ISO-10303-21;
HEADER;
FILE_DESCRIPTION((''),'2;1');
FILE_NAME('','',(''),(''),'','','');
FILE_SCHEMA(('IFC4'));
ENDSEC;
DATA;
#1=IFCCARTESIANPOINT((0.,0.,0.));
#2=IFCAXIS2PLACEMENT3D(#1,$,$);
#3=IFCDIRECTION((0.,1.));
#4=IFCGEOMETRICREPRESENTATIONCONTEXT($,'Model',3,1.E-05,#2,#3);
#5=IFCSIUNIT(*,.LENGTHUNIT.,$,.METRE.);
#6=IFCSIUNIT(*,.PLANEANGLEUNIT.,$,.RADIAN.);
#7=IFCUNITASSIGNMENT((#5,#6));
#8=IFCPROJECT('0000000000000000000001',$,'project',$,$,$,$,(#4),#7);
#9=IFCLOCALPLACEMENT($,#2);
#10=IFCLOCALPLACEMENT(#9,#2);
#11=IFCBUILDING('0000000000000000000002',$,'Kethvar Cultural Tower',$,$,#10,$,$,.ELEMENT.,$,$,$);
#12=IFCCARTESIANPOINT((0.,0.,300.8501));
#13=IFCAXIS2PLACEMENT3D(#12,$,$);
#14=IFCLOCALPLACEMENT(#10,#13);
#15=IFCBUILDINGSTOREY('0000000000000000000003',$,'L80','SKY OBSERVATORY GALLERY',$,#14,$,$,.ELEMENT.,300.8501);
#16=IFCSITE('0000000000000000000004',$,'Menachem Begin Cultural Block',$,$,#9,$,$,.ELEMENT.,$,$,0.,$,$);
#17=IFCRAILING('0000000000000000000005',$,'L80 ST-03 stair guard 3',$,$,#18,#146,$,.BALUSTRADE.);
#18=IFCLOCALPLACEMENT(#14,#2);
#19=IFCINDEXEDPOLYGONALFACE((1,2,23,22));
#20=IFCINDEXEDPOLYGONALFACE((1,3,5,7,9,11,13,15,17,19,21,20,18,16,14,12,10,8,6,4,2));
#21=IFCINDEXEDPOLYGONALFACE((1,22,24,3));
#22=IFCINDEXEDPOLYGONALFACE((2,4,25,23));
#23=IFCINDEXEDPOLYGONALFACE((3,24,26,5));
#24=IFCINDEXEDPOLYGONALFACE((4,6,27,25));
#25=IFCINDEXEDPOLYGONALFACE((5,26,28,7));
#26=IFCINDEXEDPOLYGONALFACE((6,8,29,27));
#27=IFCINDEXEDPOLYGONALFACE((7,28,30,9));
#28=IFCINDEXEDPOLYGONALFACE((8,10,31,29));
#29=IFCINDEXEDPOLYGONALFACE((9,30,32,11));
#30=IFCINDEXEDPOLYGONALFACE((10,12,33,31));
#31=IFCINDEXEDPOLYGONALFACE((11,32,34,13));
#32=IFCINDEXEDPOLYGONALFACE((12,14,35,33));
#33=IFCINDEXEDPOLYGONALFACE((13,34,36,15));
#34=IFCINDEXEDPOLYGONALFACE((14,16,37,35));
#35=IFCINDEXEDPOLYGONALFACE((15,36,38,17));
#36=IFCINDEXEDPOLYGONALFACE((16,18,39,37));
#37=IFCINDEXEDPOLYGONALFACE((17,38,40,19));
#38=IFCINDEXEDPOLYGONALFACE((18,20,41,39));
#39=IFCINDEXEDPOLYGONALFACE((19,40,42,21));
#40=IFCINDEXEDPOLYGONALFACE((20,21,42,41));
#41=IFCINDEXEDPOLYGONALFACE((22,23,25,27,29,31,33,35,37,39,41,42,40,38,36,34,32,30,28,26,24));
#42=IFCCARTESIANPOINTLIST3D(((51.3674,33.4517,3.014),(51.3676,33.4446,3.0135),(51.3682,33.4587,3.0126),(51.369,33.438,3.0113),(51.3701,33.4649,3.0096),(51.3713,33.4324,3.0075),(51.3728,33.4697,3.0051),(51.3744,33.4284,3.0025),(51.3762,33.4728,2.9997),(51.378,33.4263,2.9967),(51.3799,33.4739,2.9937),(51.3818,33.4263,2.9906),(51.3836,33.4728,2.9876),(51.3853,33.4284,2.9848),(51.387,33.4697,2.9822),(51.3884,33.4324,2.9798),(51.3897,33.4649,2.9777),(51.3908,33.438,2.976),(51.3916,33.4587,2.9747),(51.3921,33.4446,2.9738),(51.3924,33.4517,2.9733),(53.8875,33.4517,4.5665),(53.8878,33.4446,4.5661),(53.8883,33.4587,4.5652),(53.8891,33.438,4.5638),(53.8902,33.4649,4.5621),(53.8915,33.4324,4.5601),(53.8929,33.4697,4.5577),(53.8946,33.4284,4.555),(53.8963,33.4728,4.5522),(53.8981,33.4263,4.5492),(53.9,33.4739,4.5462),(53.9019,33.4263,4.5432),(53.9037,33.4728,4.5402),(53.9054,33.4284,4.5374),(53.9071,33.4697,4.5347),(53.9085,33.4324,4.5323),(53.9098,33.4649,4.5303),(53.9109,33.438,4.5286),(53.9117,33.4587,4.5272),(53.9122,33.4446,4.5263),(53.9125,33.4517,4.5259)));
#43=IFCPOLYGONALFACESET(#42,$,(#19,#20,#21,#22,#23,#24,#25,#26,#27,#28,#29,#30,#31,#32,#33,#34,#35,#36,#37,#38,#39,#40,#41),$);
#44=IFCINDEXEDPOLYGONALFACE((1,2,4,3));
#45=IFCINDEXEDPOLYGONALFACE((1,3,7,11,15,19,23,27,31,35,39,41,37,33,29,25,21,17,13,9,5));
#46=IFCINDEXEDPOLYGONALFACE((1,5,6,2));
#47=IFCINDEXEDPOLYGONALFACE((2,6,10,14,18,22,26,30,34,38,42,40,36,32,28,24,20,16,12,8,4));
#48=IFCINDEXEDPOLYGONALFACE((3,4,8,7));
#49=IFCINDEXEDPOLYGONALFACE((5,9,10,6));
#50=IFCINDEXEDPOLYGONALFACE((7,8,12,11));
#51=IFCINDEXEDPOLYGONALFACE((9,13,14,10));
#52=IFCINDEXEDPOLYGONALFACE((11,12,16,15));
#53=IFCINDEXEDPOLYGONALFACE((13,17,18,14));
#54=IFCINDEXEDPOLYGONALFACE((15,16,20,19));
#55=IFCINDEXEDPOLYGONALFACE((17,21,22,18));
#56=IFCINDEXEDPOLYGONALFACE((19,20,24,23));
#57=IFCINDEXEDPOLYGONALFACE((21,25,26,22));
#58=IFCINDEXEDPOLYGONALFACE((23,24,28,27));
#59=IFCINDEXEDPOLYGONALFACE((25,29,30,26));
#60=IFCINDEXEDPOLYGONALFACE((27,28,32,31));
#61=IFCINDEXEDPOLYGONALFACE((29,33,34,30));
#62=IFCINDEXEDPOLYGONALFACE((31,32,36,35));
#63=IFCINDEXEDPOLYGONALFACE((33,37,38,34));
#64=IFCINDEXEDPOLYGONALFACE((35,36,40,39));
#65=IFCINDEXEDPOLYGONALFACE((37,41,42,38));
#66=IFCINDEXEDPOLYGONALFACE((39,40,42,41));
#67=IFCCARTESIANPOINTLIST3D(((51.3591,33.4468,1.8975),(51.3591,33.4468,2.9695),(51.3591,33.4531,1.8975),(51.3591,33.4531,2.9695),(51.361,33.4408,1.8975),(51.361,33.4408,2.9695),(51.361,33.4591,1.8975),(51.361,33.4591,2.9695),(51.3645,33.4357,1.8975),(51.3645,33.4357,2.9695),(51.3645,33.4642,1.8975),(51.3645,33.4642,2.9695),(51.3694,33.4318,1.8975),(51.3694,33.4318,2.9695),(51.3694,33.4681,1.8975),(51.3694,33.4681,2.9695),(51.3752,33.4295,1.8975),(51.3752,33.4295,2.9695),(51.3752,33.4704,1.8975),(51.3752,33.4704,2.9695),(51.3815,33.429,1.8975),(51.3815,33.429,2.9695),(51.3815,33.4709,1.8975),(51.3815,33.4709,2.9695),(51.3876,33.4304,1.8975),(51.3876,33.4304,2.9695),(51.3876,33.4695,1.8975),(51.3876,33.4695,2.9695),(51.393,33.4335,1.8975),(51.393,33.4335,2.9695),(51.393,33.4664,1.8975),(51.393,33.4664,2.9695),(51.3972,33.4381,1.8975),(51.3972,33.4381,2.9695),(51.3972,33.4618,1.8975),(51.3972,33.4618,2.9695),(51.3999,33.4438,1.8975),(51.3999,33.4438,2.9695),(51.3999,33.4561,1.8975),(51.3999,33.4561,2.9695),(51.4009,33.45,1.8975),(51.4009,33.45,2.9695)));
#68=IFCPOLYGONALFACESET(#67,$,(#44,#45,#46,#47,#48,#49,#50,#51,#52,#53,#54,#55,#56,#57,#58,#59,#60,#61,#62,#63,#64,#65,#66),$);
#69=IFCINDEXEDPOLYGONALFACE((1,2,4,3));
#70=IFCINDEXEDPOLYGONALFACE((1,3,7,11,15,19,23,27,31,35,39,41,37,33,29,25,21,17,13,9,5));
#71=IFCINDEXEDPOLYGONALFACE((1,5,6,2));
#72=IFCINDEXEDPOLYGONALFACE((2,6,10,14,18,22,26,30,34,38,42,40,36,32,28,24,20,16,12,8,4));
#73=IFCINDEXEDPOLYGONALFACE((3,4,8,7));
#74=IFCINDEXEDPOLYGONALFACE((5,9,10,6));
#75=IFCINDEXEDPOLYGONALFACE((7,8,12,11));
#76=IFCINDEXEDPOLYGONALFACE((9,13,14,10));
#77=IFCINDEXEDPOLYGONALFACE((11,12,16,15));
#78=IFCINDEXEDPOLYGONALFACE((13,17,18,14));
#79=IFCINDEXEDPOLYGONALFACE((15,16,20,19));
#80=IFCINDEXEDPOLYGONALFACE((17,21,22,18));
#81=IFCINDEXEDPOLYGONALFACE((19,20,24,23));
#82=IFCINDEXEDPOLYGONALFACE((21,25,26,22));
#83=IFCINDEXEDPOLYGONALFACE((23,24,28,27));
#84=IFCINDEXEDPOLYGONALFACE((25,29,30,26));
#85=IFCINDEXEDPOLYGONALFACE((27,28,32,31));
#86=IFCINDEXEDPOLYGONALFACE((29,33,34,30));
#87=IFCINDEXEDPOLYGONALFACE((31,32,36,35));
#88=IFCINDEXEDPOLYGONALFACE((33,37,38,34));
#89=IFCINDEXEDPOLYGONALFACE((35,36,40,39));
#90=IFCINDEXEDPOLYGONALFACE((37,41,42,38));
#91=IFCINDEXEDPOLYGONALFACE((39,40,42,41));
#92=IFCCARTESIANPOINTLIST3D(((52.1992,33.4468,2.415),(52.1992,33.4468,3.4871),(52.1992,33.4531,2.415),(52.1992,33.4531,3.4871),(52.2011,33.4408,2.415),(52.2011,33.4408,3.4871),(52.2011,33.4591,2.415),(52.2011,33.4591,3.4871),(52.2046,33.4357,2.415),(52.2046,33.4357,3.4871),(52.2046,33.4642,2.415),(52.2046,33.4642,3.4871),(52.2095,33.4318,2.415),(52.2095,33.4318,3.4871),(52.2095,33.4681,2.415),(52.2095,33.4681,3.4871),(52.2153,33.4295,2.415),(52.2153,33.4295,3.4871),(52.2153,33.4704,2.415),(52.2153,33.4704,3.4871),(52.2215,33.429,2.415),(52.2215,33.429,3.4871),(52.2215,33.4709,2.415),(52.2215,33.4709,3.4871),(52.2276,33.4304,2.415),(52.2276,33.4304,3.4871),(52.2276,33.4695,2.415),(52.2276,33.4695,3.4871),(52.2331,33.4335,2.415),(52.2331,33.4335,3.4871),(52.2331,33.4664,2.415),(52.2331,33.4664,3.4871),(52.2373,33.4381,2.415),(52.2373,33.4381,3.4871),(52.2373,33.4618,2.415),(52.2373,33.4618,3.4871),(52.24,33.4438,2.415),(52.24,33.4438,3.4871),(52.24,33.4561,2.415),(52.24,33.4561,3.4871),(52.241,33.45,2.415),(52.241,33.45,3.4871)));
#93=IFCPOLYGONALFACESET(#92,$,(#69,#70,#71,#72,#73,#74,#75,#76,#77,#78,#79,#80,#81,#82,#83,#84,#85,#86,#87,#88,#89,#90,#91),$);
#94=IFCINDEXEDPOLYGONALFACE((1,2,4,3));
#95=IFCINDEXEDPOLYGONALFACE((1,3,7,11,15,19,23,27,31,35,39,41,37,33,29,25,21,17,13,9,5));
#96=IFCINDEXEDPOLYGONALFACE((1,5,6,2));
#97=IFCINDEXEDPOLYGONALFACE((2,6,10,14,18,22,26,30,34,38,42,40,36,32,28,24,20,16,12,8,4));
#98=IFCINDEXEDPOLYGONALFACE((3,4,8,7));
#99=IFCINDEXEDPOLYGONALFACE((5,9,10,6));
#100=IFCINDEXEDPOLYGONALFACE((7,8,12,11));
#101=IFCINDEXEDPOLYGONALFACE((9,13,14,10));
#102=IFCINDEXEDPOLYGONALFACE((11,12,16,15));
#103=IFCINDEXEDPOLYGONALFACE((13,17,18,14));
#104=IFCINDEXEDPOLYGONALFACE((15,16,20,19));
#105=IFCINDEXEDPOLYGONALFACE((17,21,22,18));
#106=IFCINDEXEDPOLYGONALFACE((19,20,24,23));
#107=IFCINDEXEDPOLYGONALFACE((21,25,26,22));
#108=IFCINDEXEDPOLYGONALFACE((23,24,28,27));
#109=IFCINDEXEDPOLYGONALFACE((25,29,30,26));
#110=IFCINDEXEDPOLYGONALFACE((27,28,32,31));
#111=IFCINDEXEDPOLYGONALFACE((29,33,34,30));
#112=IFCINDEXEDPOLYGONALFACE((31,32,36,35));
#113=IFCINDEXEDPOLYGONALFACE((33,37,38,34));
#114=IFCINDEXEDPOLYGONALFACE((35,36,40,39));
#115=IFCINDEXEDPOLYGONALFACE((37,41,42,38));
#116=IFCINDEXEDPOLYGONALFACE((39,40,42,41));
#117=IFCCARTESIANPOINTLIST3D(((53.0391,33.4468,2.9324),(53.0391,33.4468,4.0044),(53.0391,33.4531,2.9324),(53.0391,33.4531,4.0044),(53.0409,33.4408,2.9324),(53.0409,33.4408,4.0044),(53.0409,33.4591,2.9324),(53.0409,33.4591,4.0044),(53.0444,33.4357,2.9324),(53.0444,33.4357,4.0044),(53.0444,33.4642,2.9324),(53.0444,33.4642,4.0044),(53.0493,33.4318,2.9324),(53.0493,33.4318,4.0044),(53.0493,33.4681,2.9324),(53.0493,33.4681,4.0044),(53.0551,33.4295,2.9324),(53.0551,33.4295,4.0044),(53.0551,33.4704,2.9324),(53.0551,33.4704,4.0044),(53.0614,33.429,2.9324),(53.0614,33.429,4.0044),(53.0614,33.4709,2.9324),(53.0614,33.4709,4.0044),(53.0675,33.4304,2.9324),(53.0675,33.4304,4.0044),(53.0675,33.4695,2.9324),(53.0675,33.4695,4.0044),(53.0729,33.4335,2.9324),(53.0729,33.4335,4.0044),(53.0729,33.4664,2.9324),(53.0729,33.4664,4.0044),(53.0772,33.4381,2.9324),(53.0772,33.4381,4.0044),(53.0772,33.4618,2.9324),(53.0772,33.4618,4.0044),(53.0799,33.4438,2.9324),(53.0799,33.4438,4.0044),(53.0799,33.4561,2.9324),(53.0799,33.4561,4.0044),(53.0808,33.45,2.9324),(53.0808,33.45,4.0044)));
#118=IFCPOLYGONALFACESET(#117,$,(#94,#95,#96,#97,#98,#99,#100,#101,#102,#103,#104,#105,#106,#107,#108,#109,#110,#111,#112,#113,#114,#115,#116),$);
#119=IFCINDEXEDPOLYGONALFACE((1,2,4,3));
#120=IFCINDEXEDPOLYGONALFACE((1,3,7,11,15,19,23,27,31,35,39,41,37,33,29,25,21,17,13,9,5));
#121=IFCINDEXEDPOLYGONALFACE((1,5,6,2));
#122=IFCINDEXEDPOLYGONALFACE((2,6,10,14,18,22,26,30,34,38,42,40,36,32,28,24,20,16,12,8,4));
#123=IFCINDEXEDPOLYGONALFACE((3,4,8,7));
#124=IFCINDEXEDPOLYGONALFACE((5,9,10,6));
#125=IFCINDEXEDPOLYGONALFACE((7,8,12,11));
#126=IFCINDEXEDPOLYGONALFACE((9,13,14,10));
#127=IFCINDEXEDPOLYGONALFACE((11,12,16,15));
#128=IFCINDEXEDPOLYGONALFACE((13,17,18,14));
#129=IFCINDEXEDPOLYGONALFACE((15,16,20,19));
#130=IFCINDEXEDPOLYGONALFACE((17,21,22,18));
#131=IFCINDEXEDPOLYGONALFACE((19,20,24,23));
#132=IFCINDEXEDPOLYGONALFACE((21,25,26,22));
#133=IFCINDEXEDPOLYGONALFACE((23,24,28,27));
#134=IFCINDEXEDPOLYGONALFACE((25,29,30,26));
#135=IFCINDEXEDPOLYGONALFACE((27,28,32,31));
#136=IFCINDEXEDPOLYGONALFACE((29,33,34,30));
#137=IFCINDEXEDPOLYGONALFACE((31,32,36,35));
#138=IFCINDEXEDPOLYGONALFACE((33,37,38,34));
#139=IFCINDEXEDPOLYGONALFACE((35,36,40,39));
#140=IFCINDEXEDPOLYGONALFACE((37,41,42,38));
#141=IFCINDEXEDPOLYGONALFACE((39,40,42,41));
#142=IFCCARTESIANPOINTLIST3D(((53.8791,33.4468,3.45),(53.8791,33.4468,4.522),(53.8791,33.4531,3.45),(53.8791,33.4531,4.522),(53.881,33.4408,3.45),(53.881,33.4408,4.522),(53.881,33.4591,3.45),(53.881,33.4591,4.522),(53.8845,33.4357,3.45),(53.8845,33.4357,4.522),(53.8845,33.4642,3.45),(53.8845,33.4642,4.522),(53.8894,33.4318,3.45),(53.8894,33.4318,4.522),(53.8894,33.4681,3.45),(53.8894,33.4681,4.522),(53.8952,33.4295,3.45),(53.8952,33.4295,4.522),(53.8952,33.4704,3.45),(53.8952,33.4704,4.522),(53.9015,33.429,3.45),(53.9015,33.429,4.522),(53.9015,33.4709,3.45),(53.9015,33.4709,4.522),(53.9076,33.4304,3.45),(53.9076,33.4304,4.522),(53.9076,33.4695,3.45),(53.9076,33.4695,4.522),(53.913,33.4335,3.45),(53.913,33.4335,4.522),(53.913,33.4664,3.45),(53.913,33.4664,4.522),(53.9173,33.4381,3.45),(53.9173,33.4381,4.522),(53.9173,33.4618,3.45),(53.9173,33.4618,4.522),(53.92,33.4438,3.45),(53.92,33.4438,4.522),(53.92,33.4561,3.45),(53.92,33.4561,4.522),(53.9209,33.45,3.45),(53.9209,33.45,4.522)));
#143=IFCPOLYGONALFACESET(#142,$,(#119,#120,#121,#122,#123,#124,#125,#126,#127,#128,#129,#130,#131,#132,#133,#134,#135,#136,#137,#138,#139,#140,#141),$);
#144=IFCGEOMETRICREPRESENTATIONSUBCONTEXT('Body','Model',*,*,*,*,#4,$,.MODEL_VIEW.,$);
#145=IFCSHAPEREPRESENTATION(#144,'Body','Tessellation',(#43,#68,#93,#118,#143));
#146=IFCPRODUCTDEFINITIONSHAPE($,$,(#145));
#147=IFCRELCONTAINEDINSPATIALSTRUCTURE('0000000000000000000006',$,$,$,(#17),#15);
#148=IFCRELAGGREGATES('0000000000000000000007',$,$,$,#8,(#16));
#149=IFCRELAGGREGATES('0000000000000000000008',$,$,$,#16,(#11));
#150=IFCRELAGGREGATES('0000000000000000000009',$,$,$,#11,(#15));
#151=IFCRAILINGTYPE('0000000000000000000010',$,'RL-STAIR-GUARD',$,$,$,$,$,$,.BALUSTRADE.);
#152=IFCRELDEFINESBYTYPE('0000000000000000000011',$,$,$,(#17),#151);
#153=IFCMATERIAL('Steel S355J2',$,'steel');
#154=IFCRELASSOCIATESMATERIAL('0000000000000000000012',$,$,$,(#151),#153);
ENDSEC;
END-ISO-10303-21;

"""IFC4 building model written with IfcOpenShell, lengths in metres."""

from ifc_helpers import new_model, si_unit, direction, frame, origin, origin_2d, place, context, subcontext, project, spatial, circle, extrude, material, type_object, element, save


model = new_model("IFC4")

# Units and contexts
model_context = context("Model", 3, precision=1e-05, world=origin(), true_north=direction((0.0, 1.0)))
body_context = subcontext(model_context, "Body", "Model", "MODEL_VIEW")
ifc_project = project(units=[si_unit("LENGTHUNIT", "METRE"), si_unit("PLANEANGLEUNIT", "RADIAN")], contexts=[model_context])

# Site, building, storey
site_placement = place(None, origin())
site = spatial("IfcSite", under=ifc_project, at=site_placement, Name="Menachem Begin Cultural Block", CompositionType="ELEMENT", RefElevation=0.0)
building_placement = place(site_placement, origin())
building = spatial("IfcBuilding", under=site, at=building_placement, Name="Kethvar Cultural Tower", CompositionType="ELEMENT")
storey_placement = place(building_placement, frame((0.0, 0.0, 300.8501)))
storey = spatial("IfcBuildingStorey", under=building, at=storey_placement, Name="L80", Description="SKY OBSERVATORY GALLERY", CompositionType="ELEMENT", Elevation=300.8501)

# Shared definitions
ifc_material_1 = material(Name="Steel S355J2", Category="steel")

# Railing
railing_type_1 = type_object("IfcRailingType", Name="RL-STAIR-GUARD", PredefinedType="BALUSTRADE", material=ifc_material_1)
railing_1_placement = place(storey_placement, frame((51.3799, 33.45, 1.8975)))
element("IfcRailing", 1, at=railing_1_placement, inside=storey, type_object=railing_type_1, Name="L80 ST-03 stair guard 3", PredefinedType="BALUSTRADE", context=body_context, shape_type="SweptSolid", body=[
    extrude(circle(Radius=0.0239, at=origin_2d()), frame((0.0, 0.0, 1.0962), z_axis=(0.8514, 0.0, 0.524516), x_axis=(0.0, 1.0, 0.0)), (0.0, 0.0, 1.0), 2.96),
    extrude(circle(Radius=0.021, at=origin_2d()), origin(), (0.0, 0.0, 1.0), 1.072),
    extrude(circle(Radius=0.021, at=origin_2d()), frame((0.8401, 0.0, 0.5176)), (0.0, 0.0, 1.0), 1.072),
    extrude(circle(Radius=0.021, at=origin_2d()), frame((1.6799, 0.0, 1.0349)), (0.0, 0.0, 1.0), 1.072),
    extrude(circle(Radius=0.021, at=origin_2d()), frame((2.52, 0.0, 1.5525)), (0.0, 0.0, 1.0), 1.072),
])

save(model, "model.ifc")
